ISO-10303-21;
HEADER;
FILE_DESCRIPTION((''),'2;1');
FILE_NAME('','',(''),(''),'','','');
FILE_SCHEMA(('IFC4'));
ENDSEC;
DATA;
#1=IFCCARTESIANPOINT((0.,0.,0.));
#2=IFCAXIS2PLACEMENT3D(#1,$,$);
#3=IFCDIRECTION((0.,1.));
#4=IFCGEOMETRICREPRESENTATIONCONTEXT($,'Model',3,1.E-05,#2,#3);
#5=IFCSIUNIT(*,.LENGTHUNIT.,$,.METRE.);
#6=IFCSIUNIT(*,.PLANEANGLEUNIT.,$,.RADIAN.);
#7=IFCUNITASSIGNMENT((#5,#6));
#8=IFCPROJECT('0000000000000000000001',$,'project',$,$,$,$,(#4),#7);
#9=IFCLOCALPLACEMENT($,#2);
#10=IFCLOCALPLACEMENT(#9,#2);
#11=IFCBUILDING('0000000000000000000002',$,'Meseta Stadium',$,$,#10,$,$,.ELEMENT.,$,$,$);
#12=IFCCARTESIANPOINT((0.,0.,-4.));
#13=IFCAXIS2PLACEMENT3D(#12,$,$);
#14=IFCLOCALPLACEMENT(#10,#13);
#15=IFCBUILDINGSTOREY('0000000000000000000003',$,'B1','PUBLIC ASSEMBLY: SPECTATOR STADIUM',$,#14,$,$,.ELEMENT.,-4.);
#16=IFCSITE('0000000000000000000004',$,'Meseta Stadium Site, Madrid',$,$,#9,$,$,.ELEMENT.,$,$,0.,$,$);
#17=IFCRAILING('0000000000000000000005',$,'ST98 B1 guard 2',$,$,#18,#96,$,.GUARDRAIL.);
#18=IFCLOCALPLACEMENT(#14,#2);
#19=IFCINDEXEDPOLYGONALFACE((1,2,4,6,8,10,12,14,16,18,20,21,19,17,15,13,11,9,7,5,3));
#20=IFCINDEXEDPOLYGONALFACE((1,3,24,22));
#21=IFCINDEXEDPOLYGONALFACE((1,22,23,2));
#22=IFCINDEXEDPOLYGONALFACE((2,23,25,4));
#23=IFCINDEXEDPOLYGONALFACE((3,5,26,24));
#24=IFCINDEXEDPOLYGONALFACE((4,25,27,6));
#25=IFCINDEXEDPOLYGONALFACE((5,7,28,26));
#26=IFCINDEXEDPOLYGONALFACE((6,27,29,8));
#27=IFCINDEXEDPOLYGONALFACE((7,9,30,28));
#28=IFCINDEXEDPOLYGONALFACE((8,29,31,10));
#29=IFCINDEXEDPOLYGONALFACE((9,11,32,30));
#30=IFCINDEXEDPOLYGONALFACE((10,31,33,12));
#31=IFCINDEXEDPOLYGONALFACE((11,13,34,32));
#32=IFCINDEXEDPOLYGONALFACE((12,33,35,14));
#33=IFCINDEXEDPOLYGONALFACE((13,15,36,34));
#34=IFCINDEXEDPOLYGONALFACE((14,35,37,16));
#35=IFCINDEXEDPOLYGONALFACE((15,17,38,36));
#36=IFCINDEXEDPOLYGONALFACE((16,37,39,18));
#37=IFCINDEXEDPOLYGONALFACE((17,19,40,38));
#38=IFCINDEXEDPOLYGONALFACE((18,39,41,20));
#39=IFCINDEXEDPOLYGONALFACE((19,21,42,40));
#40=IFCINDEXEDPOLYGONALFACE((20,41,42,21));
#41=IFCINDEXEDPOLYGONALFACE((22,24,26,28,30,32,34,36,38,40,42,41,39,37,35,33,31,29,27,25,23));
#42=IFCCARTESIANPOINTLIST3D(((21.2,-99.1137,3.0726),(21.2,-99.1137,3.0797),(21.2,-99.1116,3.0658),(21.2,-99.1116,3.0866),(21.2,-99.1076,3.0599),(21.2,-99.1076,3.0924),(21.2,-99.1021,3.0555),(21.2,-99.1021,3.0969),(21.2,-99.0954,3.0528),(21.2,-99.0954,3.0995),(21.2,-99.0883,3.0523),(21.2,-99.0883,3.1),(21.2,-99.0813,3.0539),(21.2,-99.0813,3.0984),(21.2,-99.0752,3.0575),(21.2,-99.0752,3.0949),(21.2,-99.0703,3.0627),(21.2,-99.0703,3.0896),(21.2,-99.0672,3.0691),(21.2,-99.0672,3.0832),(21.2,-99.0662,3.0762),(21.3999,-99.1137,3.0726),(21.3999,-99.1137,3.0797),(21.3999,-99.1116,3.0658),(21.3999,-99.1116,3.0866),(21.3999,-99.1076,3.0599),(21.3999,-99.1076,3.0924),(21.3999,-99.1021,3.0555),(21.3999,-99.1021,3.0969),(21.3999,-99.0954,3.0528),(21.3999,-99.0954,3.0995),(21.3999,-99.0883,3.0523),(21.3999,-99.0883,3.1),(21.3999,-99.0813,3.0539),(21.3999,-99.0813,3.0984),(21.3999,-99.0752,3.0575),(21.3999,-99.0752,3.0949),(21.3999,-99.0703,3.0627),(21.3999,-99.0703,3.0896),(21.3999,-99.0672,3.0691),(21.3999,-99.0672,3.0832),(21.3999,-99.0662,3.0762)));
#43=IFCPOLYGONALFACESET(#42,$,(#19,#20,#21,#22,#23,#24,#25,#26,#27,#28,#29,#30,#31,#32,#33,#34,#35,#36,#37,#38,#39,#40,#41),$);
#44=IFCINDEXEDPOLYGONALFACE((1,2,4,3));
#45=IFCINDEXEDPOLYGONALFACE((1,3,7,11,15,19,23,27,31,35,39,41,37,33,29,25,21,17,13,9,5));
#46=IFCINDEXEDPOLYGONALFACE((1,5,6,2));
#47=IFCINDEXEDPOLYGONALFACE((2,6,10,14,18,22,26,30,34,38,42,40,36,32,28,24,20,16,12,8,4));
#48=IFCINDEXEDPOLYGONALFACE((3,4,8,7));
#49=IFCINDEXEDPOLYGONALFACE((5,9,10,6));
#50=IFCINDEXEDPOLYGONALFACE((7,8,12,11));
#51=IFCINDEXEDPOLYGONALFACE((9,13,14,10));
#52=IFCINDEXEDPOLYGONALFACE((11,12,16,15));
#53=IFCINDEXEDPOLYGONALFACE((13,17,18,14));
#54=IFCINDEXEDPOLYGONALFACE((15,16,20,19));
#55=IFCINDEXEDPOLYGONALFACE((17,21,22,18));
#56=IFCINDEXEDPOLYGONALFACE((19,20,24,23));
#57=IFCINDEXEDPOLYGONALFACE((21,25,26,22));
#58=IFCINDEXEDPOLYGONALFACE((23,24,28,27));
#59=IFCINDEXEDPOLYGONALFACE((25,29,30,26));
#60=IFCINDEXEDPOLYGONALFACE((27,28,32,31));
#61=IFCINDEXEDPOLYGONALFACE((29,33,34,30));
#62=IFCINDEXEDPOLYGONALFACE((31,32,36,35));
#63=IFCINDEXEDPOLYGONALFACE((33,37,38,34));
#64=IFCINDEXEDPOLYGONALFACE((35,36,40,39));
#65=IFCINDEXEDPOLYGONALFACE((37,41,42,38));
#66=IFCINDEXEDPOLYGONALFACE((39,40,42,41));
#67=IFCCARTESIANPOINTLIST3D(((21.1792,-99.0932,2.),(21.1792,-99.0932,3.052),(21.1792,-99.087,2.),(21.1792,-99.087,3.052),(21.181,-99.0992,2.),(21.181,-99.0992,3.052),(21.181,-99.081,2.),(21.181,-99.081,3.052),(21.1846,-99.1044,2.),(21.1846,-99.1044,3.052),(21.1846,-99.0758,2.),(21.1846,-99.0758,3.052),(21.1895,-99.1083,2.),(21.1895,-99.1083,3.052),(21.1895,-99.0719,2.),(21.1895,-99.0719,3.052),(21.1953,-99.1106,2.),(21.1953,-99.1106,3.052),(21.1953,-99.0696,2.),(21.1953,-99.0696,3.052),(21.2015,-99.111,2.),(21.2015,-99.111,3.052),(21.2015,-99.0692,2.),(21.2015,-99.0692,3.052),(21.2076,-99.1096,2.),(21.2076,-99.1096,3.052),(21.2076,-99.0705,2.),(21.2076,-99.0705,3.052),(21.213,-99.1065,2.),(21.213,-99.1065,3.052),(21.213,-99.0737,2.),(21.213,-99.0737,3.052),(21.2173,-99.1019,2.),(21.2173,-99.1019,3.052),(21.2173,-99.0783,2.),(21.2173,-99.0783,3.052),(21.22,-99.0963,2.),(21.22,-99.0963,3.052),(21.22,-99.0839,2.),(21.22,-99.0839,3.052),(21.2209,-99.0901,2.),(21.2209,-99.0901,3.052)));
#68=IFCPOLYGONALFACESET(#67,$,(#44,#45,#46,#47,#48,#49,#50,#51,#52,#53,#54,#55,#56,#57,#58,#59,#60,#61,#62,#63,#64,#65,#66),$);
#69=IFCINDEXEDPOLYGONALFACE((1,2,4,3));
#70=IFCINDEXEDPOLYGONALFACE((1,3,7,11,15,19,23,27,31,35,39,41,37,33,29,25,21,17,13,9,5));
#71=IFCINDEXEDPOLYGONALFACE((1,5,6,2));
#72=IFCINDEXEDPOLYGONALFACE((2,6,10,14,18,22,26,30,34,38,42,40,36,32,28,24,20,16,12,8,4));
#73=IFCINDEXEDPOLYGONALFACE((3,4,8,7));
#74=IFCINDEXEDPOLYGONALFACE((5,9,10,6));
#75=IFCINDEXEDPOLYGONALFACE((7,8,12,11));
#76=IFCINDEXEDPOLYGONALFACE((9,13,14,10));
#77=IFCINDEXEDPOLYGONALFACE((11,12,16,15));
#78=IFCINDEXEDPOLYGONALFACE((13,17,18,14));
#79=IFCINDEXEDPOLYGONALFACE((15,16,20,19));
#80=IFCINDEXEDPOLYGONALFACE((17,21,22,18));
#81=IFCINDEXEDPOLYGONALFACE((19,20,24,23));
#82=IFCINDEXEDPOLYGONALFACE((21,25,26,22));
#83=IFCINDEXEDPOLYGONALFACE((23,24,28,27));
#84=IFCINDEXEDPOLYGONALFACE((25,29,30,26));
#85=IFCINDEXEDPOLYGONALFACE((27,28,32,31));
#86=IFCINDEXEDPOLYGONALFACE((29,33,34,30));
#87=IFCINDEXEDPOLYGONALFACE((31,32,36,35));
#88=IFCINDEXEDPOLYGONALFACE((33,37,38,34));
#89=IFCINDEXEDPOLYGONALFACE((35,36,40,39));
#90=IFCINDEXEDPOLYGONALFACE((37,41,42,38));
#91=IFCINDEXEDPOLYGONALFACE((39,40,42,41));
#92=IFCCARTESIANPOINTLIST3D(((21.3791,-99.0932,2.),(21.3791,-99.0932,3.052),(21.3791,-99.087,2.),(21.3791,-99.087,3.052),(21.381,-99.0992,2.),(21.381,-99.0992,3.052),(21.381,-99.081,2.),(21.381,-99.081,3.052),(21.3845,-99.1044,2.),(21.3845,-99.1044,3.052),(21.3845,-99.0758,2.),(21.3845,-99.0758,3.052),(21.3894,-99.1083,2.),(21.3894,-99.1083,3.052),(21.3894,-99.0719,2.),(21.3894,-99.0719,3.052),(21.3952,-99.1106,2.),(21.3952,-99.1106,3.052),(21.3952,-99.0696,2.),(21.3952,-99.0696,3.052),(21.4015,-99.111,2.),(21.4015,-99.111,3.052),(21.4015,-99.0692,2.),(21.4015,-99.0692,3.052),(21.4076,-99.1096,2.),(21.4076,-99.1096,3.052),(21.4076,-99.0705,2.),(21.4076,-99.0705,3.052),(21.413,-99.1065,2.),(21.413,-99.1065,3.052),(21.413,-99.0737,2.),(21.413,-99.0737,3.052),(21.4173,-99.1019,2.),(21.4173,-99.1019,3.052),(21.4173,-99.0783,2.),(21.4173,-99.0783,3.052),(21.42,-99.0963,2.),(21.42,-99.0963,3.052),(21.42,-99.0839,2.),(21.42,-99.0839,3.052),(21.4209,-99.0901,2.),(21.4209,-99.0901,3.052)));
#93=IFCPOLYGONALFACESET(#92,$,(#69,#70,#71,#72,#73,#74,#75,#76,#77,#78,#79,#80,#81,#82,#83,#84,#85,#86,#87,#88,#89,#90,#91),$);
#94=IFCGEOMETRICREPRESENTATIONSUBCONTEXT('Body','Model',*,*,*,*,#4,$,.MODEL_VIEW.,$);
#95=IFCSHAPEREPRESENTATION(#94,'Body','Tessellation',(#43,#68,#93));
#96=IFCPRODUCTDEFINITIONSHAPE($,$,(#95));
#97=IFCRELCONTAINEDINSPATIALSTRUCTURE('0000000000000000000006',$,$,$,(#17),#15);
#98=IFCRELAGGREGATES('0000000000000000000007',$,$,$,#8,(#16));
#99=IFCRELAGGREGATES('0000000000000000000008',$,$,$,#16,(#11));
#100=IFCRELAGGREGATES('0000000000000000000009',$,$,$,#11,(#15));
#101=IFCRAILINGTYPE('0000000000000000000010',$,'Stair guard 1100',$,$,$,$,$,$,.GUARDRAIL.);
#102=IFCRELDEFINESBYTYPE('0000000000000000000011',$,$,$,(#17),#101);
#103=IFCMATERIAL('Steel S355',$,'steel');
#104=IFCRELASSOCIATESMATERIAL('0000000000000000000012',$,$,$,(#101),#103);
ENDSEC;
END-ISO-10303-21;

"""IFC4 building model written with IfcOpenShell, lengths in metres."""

from ifc_helpers import new_model, si_unit, direction, frame, origin, origin_2d, place, context, subcontext, project, spatial, circle, extrude, material, type_object, element, save


model = new_model("IFC4")

# Units and contexts
model_context = context("Model", 3, precision=1e-05, world=origin(), true_north=direction((0.0, 1.0)))
body_context = subcontext(model_context, "Body", "Model", "MODEL_VIEW")
ifc_project = project(units=[si_unit("LENGTHUNIT", "METRE"), si_unit("PLANEANGLEUNIT", "RADIAN")], contexts=[model_context])

# Site, building, storey
site_placement = place(None, origin())
site = spatial("IfcSite", under=ifc_project, at=site_placement, Name="Meseta Stadium Site, Madrid", CompositionType="ELEMENT", RefElevation=0.0)
building_placement = place(site_placement, origin())
building = spatial("IfcBuilding", under=site, at=building_placement, Name="Meseta Stadium", CompositionType="ELEMENT")
storey_placement = place(building_placement, frame((0.0, 0.0, -4.0)))
storey = spatial("IfcBuildingStorey", under=building, at=storey_placement, Name="B1", Description="PUBLIC ASSEMBLY: SPECTATOR STADIUM", CompositionType="ELEMENT", Elevation=-4.0)

# Railing
ifc_material_1 = material(Name="Steel S355", Category="steel")
railing_type_1 = type_object("IfcRailingType", Name="Stair guard 1100", PredefinedType="GUARDRAIL", material=ifc_material_1)
railing_1_placement = place(storey_placement, frame((21.2, -99.0901, 2.0)))
element("IfcRailing", 1, at=railing_1_placement, inside=storey, type_object=railing_type_1, Name="ST98 B1 guard 2", PredefinedType="GUARDRAIL", context=body_context, shape_type="SweptSolid", body=[
    extrude(circle(Radius=0.0239, at=origin_2d()), frame((0.0, 0.0, 1.0762), z_axis=(1.0, 0.0, 0.0), x_axis=(0.0, 1.0, 0.0)), (0.0, 0.0, 1.0), 0.2),
    extrude(circle(Radius=0.021, at=origin_2d()), origin(), (0.0, 0.0, 1.0), 1.052),
    extrude(circle(Radius=0.021, at=origin_2d()), frame((0.2, 0.0, 0.0)), (0.0, 0.0, 1.0), 1.052),
])

save(model, "model.ifc")
